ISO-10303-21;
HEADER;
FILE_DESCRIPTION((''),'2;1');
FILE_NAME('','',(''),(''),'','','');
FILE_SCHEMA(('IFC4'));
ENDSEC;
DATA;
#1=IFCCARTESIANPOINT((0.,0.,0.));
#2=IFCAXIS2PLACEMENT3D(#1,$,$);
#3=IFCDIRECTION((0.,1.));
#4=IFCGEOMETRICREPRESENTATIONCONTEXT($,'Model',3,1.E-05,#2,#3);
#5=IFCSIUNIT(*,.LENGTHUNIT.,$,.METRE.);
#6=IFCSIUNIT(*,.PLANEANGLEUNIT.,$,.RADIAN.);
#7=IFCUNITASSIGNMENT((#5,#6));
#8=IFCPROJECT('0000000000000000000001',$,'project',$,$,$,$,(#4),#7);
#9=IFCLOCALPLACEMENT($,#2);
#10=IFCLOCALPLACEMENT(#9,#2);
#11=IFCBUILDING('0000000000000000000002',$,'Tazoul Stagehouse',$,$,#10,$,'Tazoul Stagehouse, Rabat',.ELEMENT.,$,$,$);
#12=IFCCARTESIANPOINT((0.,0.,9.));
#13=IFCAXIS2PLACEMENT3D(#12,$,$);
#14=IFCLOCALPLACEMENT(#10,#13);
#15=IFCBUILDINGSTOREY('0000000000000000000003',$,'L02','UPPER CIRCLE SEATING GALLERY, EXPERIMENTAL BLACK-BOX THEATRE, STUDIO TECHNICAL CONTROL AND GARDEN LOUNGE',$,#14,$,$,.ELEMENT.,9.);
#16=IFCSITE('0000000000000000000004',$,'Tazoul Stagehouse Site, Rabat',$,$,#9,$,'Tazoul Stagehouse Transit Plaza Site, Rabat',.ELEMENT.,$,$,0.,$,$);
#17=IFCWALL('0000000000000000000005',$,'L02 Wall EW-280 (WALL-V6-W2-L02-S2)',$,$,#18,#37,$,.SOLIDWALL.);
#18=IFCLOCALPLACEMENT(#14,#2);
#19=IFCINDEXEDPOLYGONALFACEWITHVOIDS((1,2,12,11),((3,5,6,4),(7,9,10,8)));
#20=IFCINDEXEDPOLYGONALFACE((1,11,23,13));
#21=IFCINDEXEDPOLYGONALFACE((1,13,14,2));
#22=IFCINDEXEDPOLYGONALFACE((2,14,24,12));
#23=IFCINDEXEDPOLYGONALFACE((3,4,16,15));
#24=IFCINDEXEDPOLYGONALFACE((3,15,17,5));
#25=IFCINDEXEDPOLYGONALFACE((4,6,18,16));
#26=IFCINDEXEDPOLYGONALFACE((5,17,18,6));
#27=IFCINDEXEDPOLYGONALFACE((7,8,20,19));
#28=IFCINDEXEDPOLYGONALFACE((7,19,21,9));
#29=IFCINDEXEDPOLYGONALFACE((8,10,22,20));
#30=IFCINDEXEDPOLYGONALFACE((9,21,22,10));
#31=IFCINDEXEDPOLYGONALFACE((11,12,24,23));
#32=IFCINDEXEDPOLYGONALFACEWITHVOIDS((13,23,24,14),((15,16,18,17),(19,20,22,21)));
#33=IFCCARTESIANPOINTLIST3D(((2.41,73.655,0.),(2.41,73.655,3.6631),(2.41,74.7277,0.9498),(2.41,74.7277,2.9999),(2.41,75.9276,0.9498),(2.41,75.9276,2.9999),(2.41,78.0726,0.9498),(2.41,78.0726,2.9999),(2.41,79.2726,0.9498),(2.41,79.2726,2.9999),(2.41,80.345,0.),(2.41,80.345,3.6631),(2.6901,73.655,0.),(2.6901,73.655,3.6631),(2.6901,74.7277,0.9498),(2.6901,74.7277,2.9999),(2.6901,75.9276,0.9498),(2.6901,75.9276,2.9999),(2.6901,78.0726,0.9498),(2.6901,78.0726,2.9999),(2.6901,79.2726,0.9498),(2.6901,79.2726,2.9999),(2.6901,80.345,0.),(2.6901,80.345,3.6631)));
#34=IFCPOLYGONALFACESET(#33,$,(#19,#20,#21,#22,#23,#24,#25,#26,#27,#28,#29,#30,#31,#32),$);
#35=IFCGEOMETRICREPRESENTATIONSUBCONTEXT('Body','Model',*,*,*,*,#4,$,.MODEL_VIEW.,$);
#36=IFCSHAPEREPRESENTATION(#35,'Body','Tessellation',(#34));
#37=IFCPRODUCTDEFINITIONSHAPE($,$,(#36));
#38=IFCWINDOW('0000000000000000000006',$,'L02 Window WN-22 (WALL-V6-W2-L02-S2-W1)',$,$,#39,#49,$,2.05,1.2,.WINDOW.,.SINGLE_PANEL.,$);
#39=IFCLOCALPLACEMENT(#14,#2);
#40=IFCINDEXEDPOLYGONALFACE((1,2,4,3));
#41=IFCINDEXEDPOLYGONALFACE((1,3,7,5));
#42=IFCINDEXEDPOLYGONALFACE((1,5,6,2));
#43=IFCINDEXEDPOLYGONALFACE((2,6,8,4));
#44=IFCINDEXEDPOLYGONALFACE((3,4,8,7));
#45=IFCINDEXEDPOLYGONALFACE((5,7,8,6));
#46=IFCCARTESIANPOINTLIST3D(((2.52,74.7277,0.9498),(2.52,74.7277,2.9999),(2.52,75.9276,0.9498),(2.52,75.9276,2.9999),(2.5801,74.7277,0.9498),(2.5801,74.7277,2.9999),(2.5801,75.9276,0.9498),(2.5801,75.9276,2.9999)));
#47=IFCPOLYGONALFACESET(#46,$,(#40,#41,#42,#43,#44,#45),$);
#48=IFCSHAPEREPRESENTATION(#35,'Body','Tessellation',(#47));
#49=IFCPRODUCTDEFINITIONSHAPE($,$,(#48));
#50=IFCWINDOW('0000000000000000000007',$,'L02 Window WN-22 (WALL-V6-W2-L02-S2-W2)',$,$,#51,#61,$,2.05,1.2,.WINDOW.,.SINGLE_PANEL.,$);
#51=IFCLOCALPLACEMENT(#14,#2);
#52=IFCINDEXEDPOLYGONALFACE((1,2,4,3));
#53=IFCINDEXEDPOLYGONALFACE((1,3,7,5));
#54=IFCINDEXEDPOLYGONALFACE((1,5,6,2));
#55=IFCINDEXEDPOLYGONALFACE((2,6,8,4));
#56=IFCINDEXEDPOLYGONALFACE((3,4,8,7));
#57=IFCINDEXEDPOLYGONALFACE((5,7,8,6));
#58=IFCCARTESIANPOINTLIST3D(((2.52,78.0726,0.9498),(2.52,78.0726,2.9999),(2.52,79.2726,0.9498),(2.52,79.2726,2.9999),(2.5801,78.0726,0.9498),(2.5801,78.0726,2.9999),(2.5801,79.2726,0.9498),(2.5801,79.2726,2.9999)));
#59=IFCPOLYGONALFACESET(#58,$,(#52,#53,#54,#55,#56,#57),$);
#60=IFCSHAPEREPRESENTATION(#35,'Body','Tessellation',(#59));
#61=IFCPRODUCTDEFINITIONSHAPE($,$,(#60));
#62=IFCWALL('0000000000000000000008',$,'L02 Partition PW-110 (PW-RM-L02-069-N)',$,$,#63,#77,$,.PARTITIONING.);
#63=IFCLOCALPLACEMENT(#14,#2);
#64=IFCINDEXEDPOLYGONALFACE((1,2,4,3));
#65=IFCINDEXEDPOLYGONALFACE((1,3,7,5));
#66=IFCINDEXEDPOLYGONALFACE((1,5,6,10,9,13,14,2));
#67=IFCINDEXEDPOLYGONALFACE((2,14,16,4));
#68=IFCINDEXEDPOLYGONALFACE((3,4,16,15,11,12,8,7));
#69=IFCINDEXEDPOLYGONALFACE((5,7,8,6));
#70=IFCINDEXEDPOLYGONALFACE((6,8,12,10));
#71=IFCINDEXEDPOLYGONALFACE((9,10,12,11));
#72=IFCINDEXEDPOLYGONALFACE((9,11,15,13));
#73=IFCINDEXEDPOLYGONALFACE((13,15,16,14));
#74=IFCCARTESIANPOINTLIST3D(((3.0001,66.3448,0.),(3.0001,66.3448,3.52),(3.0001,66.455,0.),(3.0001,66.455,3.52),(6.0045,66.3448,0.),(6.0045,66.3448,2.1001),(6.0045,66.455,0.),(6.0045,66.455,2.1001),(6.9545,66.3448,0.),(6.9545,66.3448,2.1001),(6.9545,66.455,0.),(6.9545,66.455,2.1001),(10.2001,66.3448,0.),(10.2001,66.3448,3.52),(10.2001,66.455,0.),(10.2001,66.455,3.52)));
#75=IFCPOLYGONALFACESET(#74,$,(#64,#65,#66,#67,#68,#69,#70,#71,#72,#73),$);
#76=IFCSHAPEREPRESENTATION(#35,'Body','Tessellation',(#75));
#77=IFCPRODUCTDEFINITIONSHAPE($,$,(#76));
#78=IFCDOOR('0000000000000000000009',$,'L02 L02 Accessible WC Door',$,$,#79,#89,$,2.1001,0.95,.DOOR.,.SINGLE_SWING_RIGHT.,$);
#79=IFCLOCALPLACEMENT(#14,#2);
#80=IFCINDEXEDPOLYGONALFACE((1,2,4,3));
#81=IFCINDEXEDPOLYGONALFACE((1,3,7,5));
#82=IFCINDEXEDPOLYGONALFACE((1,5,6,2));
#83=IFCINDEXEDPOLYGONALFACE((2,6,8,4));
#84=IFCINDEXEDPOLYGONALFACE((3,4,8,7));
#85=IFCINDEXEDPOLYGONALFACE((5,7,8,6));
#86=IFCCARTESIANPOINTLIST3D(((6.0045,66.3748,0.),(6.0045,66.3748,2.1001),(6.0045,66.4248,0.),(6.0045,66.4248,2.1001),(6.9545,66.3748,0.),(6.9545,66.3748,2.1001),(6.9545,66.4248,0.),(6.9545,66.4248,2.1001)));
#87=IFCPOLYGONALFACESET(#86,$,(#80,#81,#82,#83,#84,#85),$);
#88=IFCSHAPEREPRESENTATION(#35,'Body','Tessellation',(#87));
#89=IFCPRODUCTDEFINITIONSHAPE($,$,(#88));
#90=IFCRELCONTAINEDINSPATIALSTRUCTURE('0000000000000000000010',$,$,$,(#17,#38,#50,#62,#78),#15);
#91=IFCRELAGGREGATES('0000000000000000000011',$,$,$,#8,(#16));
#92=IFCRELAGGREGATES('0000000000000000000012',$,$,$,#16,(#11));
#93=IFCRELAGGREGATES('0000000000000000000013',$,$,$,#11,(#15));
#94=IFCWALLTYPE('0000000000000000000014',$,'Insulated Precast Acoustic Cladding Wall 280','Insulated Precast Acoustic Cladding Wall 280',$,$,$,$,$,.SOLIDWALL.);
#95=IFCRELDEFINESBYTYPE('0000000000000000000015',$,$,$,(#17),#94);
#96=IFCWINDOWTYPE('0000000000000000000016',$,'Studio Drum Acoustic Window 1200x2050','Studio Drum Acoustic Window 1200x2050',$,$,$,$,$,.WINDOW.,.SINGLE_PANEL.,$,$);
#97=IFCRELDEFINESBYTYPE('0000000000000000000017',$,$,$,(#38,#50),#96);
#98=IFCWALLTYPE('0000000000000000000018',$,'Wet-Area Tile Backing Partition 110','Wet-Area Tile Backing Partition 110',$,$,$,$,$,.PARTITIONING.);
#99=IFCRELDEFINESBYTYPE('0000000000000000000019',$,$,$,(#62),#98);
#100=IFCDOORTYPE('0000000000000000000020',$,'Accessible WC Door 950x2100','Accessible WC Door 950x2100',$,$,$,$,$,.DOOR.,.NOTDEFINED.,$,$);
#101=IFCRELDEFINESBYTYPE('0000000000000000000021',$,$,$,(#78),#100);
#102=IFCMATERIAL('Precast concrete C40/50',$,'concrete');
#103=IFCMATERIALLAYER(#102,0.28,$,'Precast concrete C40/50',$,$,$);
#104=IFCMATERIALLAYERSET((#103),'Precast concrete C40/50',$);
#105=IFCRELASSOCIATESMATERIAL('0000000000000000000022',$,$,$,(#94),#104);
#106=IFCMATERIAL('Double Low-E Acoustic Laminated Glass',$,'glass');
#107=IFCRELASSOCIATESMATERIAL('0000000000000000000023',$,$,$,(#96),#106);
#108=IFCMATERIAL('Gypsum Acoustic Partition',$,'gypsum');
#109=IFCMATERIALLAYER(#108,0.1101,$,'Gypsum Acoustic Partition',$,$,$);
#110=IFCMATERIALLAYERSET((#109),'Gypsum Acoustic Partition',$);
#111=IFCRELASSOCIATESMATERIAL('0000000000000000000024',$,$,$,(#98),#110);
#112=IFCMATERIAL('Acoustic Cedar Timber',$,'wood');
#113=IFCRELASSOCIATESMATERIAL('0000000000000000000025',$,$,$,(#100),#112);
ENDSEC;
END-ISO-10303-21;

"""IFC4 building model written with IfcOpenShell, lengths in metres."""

from ifc_helpers import new_model, si_unit, direction, frame, frame_2d, origin, place, context, subcontext, project, spatial, rectangle, extrude, material, layer, layer_set, type_object, element, fill, save


model = new_model("IFC4")

# Units and contexts
model_context = context("Model", 3, precision=1e-05, world=origin(), true_north=direction((0.0, 1.0)))
body_context = subcontext(model_context, "Body", "Model", "MODEL_VIEW")
ifc_project = project(units=[si_unit("LENGTHUNIT", "METRE"), si_unit("PLANEANGLEUNIT", "RADIAN")], contexts=[model_context])

# Site, building, storey
site_placement = place(None, origin())
site = spatial("IfcSite", under=ifc_project, at=site_placement, Name="Tazoul Stagehouse Site, Rabat", LongName="Tazoul Stagehouse Transit Plaza Site, Rabat", CompositionType="ELEMENT", RefElevation=0.0)
building_placement = place(site_placement, origin())
building = spatial("IfcBuilding", under=site, at=building_placement, Name="Tazoul Stagehouse", LongName="Tazoul Stagehouse, Rabat", CompositionType="ELEMENT")
storey_placement = place(building_placement, frame((0.0, 0.0, 9.0)))
storey = spatial("IfcBuildingStorey", under=building, at=storey_placement, Name="L02", Description="UPPER CIRCLE SEATING GALLERY, EXPERIMENTAL BLACK-BOX THEATRE, STUDIO TECHNICAL CONTROL AND GARDEN LOUNGE", CompositionType="ELEMENT", Elevation=9.0)

# Wall, openings, windows
ifc_material_1 = material(Name="Precast concrete C40/50", Category="concrete")
ifc_layer_1 = layer(ifc_material_1, 0.28, Name="Precast concrete C40/50")
ifc_layer_set_1 = layer_set([ifc_layer_1], Name="Precast concrete C40/50")
wall_type_1 = type_object("IfcWallType", Name="Insulated Precast Acoustic Cladding Wall 280", Description="Insulated Precast Acoustic Cladding Wall 280", PredefinedType="SOLIDWALL", material=ifc_layer_set_1)
ifc_material_2 = material(Name="Double Low-E Acoustic Laminated Glass", Category="glass")
wall_1_placement = place(storey_placement, frame((2.55, 73.655, 0.0), z_axis=(0.0, 0.0, 1.0), x_axis=(0.0, 1.0, 0.0)))
wall_1 = element("IfcWall", 1, at=wall_1_placement, inside=storey, type_object=wall_type_1, Name="L02 Wall EW-280 (WALL-V6-W2-L02-S2)", PredefinedType="SOLIDWALL", context=body_context, shape_type="SweptSolid", body=[
    extrude(rectangle(XDim=6.6899, YDim=0.28, at=frame_2d((3.345, 0.0))), origin(), (0.0, 0.0, 1.0), 3.6631),
])
opening_1_placement = place(wall_1_placement, frame((1.0725, 0.0, 0.95)))
opening_1 = element("IfcOpeningElement", 2, at=opening_1_placement, cuts=wall_1, PredefinedType="OPENING", context=body_context, shape_type="SweptSolid", body=[
    extrude(rectangle(XDim=1.2, YDim=2.05, at=frame_2d((0.6001, 1.0249))), frame((0.0, 0.1599, 0.0), z_axis=(0.0, -1.0, 0.0), x_axis=(1.0, 0.0, 0.0)), (0.0, 0.0, 1.0), 0.3201),
])
opening_2_placement = place(wall_1_placement, frame((4.4175, 0.0, 0.95)))
opening_2 = element("IfcOpeningElement", 3, at=opening_2_placement, cuts=wall_1, PredefinedType="OPENING", context=body_context, shape_type="SweptSolid", body=[
    extrude(rectangle(XDim=1.2, YDim=2.05, at=frame_2d((0.6001, 1.0249))), frame((0.0, 0.1599, 0.0), z_axis=(0.0, -1.0, 0.0), x_axis=(1.0, 0.0, 0.0)), (0.0, 0.0, 1.0), 0.3201),
])
window_type_1 = type_object("IfcWindowType", Name="Studio Drum Acoustic Window 1200x2050", Description="Studio Drum Acoustic Window 1200x2050", PartitioningType="SINGLE_PANEL", PredefinedType="WINDOW", material=ifc_material_2)
window_1_placement = place(opening_1_placement, origin())
window_1 = element("IfcWindow", 4, at=window_1_placement, inside=storey, type_object=window_type_1, Name="L02 Window WN-22 (WALL-V6-W2-L02-S2-W1)", OverallHeight=2.05, OverallWidth=1.2, PartitioningType="SINGLE_PANEL", PredefinedType="WINDOW", context=body_context, shape_type="SweptSolid", body=[
    extrude(rectangle(XDim=1.2, YDim=2.05, at=frame_2d((0.6001, 1.0249))), frame((0.0, 0.03, 0.0), z_axis=(0.0, -1.0, 0.0), x_axis=(1.0, 0.0, 0.0)), (0.0, 0.0, 1.0), 0.0601),
])
fill(opening_1, window_1)
window_2_placement = place(opening_2_placement, origin())
window_2 = element("IfcWindow", 5, at=window_2_placement, inside=storey, type_object=window_type_1, Name="L02 Window WN-22 (WALL-V6-W2-L02-S2-W2)", OverallHeight=2.05, OverallWidth=1.2, PartitioningType="SINGLE_PANEL", PredefinedType="WINDOW", context=body_context, shape_type="SweptSolid", body=[
    extrude(rectangle(XDim=1.2, YDim=2.05, at=frame_2d((0.6001, 1.0249))), frame((0.0, 0.03, 0.0), z_axis=(0.0, -1.0, 0.0), x_axis=(1.0, 0.0, 0.0)), (0.0, 0.0, 1.0), 0.0601),
])
fill(opening_2, window_2)

# Wall, opening, door
ifc_material_3 = material(Name="Gypsum Acoustic Partition", Category="gypsum")
ifc_layer_2 = layer(ifc_material_3, 0.1101, Name="Gypsum Acoustic Partition")
ifc_layer_set_2 = layer_set([ifc_layer_2], Name="Gypsum Acoustic Partition")
wall_type_2 = type_object("IfcWallType", Name="Wet-Area Tile Backing Partition 110", Description="Wet-Area Tile Backing Partition 110", PredefinedType="PARTITIONING", material=ifc_layer_set_2)
wall_2_placement = place(storey_placement, frame((3.0, 66.3999, 0.0), z_axis=(0.0, 0.0, 1.0), x_axis=(1.0, 0.0, 0.0)))
wall_2 = element("IfcWall", 6, at=wall_2_placement, inside=storey, type_object=wall_type_2, Name="L02 Partition PW-110 (PW-RM-L02-069-N)", PredefinedType="PARTITIONING", context=body_context, shape_type="SweptSolid", body=[
    extrude(rectangle(XDim=7.2, YDim=0.1101, at=frame_2d((3.6001, 0.0))), origin(), (0.0, 0.0, 1.0), 3.52),
])
opening_3_placement = place(wall_2_placement, frame((3.0044, 0.0, 0.0)))
opening_3 = element("IfcOpeningElement", 7, at=opening_3_placement, cuts=wall_2, PredefinedType="OPENING", context=body_context, shape_type="SweptSolid", body=[
    extrude(rectangle(XDim=0.95, YDim=2.1001, at=frame_2d((0.4751, 1.05))), frame((0.0, 0.075, 0.0), z_axis=(0.0, -1.0, 0.0), x_axis=(1.0, 0.0, 0.0)), (0.0, 0.0, 1.0), 0.1501),
])
ifc_material_4 = material(Name="Acoustic Cedar Timber", Category="wood")
door_type_1 = type_object("IfcDoorType", Name="Accessible WC Door 950x2100", Description="Accessible WC Door 950x2100", OperationType="NOTDEFINED", PredefinedType="DOOR", material=ifc_material_4)
door_1_placement = place(opening_3_placement, origin())
door_1 = element("IfcDoor", 8, at=door_1_placement, inside=storey, type_object=door_type_1, Name="L02 L02 Accessible WC Door", OperationType="SINGLE_SWING_RIGHT", OverallHeight=2.1001, OverallWidth=0.95, PredefinedType="DOOR", context=body_context, shape_type="SweptSolid", body=[
    extrude(rectangle(XDim=0.95, YDim=2.1001, at=frame_2d((0.4751, 1.05))), frame((0.0, 0.0249, 0.0), z_axis=(0.0, -1.0, 0.0), x_axis=(1.0, 0.0, 0.0)), (0.0, 0.0, 1.0), 0.05),
])
fill(opening_3, door_1)

save(model, "model.ifc")
